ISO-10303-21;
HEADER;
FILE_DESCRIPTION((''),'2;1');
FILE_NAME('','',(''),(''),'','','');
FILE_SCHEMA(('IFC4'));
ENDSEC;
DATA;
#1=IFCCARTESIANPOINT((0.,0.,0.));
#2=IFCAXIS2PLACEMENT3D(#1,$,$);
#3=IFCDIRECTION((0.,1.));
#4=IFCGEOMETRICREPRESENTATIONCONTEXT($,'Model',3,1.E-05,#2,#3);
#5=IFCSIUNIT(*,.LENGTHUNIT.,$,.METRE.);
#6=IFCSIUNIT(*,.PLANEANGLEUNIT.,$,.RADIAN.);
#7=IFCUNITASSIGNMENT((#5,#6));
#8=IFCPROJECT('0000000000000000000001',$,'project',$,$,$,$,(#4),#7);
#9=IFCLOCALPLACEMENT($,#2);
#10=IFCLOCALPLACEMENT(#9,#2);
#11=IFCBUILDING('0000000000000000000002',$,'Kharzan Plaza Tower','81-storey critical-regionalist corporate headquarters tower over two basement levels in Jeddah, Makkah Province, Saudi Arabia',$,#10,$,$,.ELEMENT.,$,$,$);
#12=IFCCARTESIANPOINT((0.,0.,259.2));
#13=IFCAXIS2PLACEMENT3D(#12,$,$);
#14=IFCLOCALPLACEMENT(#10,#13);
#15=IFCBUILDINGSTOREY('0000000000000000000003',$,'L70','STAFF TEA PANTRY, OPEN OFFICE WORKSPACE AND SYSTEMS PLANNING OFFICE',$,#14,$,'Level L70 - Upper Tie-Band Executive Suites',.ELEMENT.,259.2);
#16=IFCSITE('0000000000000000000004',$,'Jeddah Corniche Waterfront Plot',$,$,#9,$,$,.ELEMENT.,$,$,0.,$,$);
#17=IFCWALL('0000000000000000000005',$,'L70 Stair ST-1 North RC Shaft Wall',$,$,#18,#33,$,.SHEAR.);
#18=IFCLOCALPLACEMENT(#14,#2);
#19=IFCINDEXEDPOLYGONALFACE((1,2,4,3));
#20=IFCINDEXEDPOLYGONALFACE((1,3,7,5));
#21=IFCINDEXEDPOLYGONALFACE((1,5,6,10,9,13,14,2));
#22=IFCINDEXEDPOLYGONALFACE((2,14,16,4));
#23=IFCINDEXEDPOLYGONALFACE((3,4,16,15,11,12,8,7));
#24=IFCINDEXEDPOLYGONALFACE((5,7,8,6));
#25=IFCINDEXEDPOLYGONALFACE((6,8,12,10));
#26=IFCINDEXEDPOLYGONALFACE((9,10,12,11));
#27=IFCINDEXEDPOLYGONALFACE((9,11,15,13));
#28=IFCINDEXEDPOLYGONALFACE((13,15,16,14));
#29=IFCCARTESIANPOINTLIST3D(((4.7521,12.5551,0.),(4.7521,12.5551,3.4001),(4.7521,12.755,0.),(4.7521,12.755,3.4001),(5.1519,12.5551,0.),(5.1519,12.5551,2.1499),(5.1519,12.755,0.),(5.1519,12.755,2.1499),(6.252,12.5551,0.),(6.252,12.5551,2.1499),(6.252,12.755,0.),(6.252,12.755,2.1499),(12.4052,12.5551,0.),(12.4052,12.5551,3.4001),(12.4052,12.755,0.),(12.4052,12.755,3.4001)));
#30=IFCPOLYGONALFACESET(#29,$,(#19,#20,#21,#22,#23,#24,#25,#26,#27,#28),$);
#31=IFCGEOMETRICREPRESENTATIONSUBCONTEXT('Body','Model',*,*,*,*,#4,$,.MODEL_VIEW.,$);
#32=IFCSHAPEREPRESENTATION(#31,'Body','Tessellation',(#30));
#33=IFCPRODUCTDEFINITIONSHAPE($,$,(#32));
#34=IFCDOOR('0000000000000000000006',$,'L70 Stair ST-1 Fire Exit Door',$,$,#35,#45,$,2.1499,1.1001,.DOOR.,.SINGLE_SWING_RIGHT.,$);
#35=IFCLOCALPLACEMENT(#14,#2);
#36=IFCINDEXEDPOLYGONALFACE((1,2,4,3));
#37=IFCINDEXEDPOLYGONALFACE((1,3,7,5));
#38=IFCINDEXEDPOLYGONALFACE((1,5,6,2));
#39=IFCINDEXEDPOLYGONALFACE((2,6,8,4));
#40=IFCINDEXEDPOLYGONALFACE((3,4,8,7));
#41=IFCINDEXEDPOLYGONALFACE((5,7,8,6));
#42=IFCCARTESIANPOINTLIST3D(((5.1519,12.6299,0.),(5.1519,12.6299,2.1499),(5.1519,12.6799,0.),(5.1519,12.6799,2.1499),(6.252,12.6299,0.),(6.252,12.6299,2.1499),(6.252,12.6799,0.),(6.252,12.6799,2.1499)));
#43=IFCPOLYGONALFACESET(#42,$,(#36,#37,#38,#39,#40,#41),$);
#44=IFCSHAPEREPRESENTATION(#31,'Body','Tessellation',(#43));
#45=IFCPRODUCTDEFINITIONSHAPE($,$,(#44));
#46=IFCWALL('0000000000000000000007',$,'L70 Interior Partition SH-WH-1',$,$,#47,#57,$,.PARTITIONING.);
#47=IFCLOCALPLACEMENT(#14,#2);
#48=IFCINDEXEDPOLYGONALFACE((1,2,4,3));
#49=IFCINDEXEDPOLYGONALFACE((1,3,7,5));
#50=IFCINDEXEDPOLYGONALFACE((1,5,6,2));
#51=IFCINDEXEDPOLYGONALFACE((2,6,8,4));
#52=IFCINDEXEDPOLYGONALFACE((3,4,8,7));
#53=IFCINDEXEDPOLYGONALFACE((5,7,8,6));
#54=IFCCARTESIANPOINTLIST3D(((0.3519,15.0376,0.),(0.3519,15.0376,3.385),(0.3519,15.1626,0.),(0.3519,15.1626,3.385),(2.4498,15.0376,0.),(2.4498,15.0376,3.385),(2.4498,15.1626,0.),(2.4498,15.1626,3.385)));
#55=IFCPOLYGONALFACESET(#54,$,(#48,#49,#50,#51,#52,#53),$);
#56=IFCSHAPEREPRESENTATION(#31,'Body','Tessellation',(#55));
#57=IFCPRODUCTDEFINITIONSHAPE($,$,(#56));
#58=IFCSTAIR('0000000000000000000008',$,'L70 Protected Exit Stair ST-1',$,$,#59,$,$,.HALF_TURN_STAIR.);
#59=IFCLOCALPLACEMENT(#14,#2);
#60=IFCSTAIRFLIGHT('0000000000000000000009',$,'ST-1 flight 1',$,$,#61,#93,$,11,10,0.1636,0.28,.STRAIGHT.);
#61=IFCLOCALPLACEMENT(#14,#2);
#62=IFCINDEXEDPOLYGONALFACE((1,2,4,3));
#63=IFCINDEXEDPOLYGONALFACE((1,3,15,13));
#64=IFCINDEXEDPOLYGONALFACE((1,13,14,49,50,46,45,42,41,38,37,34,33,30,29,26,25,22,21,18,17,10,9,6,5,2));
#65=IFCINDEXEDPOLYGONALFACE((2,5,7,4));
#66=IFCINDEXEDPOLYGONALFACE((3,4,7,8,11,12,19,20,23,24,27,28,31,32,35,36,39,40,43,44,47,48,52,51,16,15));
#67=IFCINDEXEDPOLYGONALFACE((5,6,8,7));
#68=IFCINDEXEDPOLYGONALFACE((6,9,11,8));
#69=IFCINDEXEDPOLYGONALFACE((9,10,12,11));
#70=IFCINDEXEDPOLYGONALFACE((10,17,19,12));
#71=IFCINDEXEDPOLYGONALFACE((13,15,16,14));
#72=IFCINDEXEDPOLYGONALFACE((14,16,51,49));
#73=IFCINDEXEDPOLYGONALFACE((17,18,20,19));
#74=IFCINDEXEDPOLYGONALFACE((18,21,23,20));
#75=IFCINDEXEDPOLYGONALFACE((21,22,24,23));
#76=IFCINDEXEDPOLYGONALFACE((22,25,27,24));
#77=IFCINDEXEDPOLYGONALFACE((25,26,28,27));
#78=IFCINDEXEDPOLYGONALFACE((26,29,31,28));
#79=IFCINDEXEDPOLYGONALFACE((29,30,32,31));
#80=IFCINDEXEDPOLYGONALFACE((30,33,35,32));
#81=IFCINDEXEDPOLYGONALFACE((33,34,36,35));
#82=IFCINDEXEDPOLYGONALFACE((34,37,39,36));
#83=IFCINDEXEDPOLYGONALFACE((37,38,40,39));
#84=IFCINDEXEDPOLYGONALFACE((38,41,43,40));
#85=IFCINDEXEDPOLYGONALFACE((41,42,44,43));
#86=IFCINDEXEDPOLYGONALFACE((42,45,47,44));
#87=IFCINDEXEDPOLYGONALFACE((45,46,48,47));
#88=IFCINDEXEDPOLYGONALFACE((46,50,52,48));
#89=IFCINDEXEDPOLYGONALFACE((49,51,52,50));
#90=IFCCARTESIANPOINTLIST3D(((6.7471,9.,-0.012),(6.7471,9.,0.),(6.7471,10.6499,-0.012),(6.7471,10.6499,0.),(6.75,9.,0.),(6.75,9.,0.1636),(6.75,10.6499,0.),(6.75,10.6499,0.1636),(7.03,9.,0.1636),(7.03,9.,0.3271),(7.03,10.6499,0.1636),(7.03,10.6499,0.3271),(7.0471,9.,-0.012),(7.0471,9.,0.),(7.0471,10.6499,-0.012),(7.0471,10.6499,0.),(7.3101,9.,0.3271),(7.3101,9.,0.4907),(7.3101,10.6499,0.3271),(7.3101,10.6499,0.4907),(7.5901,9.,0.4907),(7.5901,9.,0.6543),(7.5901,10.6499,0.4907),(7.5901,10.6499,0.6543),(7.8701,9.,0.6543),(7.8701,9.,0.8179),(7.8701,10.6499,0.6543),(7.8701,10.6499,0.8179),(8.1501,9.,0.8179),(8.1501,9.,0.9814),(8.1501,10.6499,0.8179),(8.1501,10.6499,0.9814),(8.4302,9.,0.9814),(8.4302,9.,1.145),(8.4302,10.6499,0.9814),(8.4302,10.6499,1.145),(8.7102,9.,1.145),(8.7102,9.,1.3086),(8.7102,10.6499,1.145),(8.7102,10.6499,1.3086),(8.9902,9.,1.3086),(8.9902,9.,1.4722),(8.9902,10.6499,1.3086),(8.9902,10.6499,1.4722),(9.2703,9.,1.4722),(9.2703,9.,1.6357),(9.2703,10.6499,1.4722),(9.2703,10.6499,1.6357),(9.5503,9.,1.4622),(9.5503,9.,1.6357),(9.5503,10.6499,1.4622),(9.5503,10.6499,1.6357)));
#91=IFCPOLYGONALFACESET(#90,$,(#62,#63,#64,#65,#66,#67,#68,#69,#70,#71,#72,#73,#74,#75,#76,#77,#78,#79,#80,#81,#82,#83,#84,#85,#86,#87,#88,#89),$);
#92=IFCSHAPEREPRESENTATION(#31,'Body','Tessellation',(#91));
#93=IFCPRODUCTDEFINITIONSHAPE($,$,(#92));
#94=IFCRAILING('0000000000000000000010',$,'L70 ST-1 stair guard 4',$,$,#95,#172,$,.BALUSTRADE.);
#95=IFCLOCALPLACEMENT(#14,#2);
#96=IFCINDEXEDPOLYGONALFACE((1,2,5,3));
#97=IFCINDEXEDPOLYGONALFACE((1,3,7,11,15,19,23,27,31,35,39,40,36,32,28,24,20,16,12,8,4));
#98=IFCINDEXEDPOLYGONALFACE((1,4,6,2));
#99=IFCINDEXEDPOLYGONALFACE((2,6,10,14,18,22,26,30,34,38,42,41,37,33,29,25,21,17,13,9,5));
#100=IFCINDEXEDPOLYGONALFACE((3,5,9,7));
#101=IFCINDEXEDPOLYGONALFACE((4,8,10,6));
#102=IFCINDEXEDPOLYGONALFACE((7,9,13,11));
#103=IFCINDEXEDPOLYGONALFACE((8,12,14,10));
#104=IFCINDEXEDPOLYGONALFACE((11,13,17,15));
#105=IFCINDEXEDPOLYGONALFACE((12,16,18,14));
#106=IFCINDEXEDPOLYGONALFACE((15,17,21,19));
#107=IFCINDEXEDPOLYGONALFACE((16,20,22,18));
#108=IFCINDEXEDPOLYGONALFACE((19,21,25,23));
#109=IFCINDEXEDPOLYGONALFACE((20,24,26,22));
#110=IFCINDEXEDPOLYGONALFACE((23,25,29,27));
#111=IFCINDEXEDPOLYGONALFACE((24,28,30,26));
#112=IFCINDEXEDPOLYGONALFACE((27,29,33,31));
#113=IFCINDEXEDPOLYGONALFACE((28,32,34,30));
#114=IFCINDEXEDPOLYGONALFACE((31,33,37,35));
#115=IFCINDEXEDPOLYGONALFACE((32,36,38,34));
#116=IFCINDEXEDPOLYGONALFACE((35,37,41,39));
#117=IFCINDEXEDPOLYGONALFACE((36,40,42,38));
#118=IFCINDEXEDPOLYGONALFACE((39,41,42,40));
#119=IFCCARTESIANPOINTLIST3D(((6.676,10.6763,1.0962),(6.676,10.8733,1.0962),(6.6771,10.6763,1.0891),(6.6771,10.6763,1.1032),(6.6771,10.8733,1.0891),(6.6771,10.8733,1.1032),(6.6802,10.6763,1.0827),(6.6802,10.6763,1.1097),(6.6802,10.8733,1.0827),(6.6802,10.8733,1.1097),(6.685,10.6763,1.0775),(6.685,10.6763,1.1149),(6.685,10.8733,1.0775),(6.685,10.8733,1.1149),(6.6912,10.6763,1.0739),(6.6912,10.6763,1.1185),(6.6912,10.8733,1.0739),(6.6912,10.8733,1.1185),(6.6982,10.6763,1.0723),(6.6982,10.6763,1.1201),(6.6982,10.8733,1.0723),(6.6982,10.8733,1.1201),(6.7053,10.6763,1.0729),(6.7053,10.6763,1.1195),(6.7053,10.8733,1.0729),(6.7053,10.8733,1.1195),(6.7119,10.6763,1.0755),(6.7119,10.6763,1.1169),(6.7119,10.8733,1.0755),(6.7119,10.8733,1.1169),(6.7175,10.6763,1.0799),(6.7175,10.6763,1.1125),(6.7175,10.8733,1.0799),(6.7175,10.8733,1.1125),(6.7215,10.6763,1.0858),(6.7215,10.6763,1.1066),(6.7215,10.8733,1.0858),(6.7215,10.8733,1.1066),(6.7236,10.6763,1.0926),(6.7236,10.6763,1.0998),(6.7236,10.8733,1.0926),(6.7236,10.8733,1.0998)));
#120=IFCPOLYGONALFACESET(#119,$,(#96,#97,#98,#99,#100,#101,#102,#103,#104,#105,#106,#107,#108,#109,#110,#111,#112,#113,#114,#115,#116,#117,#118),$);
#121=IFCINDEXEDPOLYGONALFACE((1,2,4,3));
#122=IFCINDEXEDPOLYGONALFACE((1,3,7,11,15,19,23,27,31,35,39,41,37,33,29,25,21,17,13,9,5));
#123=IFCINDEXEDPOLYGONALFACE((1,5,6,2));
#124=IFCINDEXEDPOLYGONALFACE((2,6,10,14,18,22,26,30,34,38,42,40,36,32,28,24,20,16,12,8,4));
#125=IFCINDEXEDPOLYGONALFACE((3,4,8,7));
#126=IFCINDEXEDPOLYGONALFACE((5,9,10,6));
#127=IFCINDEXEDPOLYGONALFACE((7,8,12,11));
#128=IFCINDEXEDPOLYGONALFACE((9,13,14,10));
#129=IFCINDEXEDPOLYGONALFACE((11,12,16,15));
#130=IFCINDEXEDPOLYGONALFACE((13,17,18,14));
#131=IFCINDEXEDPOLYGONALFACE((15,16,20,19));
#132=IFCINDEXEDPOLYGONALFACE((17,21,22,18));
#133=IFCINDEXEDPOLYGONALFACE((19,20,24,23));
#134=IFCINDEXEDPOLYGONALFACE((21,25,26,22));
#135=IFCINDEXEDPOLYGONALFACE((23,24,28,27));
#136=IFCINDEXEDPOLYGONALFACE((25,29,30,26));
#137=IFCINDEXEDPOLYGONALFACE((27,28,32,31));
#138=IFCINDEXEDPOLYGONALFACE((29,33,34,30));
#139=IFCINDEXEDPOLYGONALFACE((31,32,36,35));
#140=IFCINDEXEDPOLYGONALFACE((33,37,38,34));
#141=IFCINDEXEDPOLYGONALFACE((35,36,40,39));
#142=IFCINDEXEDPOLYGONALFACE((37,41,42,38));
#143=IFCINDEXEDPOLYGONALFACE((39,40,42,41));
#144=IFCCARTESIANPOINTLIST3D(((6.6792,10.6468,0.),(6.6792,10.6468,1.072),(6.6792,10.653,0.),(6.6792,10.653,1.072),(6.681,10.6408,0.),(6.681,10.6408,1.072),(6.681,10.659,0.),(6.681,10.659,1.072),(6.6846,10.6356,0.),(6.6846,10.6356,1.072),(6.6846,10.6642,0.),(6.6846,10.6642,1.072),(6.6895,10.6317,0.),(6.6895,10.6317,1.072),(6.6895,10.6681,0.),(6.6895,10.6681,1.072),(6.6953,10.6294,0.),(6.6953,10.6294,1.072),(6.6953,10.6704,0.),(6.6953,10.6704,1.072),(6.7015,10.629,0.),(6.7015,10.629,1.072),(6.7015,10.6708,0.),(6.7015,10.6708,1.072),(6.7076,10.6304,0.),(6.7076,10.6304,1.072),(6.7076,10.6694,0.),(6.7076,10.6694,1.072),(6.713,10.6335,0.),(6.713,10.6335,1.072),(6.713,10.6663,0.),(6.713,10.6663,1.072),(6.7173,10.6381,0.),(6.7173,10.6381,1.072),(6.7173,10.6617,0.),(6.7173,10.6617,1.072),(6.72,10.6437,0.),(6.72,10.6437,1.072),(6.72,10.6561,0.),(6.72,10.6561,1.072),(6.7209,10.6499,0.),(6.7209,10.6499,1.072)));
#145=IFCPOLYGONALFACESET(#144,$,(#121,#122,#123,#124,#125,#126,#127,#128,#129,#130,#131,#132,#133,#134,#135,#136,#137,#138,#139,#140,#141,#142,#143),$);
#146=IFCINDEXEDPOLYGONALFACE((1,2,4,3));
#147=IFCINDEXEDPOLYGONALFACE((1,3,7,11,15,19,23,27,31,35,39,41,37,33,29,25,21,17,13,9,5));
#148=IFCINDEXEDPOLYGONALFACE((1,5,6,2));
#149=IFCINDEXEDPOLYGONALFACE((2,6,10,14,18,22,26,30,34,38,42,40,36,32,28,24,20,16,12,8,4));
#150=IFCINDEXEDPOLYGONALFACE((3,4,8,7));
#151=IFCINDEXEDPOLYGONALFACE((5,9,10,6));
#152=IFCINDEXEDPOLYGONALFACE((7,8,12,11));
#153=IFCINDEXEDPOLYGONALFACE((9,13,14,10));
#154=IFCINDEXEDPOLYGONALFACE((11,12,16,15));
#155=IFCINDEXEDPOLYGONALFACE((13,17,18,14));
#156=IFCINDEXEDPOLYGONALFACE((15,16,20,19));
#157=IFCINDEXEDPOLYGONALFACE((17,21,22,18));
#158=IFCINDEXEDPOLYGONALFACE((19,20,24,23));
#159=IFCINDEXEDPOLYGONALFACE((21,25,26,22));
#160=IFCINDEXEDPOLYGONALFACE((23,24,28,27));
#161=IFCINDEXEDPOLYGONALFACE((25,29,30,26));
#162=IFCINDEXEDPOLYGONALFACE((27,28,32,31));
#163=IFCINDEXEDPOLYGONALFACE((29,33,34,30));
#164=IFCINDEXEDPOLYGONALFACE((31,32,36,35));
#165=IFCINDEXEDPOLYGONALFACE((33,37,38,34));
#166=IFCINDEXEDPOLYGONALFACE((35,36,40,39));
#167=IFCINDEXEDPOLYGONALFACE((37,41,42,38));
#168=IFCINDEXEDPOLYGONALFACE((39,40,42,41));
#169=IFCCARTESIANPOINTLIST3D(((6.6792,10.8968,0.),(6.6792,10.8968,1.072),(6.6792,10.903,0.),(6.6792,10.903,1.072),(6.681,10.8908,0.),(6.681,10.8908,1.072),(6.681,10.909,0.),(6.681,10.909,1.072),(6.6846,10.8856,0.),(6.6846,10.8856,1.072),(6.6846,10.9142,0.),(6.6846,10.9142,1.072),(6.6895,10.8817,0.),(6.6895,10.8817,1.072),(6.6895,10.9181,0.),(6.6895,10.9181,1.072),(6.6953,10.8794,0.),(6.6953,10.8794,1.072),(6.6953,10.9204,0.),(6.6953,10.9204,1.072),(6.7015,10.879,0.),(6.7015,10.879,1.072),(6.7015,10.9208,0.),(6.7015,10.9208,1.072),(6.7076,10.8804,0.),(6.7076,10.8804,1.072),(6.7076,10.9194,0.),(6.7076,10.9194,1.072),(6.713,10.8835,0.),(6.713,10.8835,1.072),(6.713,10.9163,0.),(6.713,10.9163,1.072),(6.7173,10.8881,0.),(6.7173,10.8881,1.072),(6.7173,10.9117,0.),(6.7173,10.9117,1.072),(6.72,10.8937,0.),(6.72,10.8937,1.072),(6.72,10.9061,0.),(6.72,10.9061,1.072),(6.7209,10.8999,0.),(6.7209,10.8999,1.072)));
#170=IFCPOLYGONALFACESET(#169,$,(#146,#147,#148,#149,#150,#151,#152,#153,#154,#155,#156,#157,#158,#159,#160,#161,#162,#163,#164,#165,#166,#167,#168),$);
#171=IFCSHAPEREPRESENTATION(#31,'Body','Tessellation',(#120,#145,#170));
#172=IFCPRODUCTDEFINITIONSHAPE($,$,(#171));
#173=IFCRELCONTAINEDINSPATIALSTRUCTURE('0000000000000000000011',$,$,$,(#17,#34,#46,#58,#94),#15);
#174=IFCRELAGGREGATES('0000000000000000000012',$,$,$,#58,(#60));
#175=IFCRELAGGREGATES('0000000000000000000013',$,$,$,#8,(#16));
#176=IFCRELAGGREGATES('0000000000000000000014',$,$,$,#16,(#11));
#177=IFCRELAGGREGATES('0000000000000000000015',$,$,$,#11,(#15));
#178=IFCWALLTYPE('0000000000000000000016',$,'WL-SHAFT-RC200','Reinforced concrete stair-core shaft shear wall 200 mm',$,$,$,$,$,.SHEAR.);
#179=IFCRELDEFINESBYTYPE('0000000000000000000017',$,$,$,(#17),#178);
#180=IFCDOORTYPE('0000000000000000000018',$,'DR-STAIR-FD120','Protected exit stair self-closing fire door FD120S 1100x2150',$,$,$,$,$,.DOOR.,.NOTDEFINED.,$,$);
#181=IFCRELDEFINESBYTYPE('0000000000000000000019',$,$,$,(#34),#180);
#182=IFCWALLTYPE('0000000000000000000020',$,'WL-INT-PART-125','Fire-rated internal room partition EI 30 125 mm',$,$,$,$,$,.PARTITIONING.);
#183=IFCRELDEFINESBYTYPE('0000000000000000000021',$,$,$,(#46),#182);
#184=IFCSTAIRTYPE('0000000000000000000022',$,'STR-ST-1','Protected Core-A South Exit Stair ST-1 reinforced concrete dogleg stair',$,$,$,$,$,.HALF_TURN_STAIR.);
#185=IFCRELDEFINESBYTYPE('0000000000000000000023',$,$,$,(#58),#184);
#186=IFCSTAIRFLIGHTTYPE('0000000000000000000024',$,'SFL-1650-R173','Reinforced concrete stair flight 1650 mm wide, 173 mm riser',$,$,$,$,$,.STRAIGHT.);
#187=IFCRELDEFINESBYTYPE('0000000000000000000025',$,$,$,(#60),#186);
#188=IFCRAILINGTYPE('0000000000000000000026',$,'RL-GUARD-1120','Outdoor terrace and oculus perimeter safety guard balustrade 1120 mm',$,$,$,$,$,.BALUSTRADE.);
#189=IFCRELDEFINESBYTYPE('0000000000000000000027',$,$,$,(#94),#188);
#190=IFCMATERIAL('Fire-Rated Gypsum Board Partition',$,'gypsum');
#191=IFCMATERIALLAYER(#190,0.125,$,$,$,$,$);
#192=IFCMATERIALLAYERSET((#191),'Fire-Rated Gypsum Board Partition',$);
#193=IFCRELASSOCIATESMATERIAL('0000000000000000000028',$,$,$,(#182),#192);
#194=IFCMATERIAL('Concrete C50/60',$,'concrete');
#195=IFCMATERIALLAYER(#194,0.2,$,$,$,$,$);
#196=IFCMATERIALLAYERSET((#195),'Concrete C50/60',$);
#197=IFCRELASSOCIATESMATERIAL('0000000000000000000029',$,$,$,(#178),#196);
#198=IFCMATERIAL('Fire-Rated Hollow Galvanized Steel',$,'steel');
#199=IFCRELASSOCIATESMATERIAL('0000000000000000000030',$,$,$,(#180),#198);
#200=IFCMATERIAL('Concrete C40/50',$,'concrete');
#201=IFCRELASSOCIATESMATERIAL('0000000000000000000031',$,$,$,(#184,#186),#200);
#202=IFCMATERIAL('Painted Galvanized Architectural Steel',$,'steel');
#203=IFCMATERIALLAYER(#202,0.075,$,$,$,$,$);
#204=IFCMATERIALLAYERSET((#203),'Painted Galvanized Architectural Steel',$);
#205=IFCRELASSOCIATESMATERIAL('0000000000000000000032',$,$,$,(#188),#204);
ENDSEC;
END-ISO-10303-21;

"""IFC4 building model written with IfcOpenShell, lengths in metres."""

from ifc_helpers import new_model, si_unit, direction, frame, frame_2d, origin, origin_2d, place, context, subcontext, project, spatial, polyline, rectangle, circle, outline, extrude, source, transform, mapped, material, layer, layer_set, type_object, element, fill, aggregate, save


model = new_model("IFC4")

# Units and contexts
model_context = context("Model", 3, precision=1e-05, world=origin(), true_north=direction((0.0, 1.0)))
body_context = subcontext(model_context, "Body", "Model", "MODEL_VIEW")
ifc_project = project(units=[si_unit("LENGTHUNIT", "METRE"), si_unit("PLANEANGLEUNIT", "RADIAN")], contexts=[model_context])

# Site, building, storey
site_placement = place(None, origin())
site = spatial("IfcSite", under=ifc_project, at=site_placement, Name="Jeddah Corniche Waterfront Plot", CompositionType="ELEMENT", RefElevation=0.0)
building_placement = place(site_placement, origin())
building = spatial("IfcBuilding", under=site, at=building_placement, Name="Kharzan Plaza Tower", Description="81-storey critical-regionalist corporate headquarters tower over two basement levels in Jeddah, Makkah Province, Saudi Arabia", CompositionType="ELEMENT")
storey_placement = place(building_placement, frame((0.0, 0.0, 259.2)))
storey = spatial("IfcBuildingStorey", under=building, at=storey_placement, Name="L70", Description="STAFF TEA PANTRY, OPEN OFFICE WORKSPACE AND SYSTEMS PLANNING OFFICE", LongName="Level L70 - Upper Tie-Band Executive Suites", CompositionType="ELEMENT", Elevation=259.2)

# Shared definitions
ifc_material_1 = material(Name="Concrete C50/60", Category="concrete")

# Shared definitions
ifc_material_2 = material(Name="Concrete C40/50", Category="concrete")

# Wall, opening, door
ifc_material_3 = material(Name="Fire-Rated Gypsum Board Partition", Category="gypsum")
ifc_layer_1 = layer(ifc_material_3, 0.125)
ifc_layer_set_1 = layer_set([ifc_layer_1], Name="Fire-Rated Gypsum Board Partition")
wall_type_1 = type_object("IfcWallType", Name="WL-INT-PART-125", Description="Fire-rated internal room partition EI 30 125 mm", PredefinedType="PARTITIONING", material=ifc_layer_set_1)
ifc_layer_2 = layer(ifc_material_1, 0.2)
ifc_layer_set_2 = layer_set([ifc_layer_2], Name="Concrete C50/60")
wall_type_2 = type_object("IfcWallType", Name="WL-SHAFT-RC200", Description="Reinforced concrete stair-core shaft shear wall 200 mm", PredefinedType="SHEAR", material=ifc_layer_set_2)
wall_1_placement = place(storey_placement, frame((4.752, 12.655, 0.0), z_axis=(0.0, 0.0, 1.0), x_axis=(1.0, 0.0, 0.0)))
wall_1 = element("IfcWall", 1, at=wall_1_placement, inside=storey, type_object=wall_type_2, Name="L70 Stair ST-1 North RC Shaft Wall", PredefinedType="SHEAR", context=body_context, shape_type="SweptSolid", body=[
    extrude(rectangle(XDim=7.6531, YDim=0.2, at=frame_2d((3.8267, 0.0))), origin(), (0.0, 0.0, 1.0), 3.4001),
])
opening_1_placement = place(wall_1_placement, frame((0.3999, 0.0, 0.0)))
opening_1 = element("IfcOpeningElement", 2, at=opening_1_placement, cuts=wall_1, PredefinedType="OPENING", context=body_context, shape_type="SweptSolid", body=[
    extrude(rectangle(XDim=1.1001, YDim=2.1499, at=frame_2d((0.55, 1.075))), frame((0.0, 0.1099, 0.0), z_axis=(0.0, -1.0, 0.0), x_axis=(1.0, 0.0, 0.0)), (0.0, 0.0, 1.0), 0.22),
])
ifc_material_4 = material(Name="Fire-Rated Hollow Galvanized Steel", Category="steel")
door_type_1 = type_object("IfcDoorType", Name="DR-STAIR-FD120", Description="Protected exit stair self-closing fire door FD120S 1100x2150", OperationType="NOTDEFINED", PredefinedType="DOOR", material=ifc_material_4)
shared_shape_1 = source(origin(), body_context, "Body", "SweptSolid", [
    extrude(rectangle(XDim=1.1001, YDim=2.1499, at=frame_2d((0.55, 1.075))), frame((0.0, 0.0249, 0.0), z_axis=(0.0, -1.0, 0.0), x_axis=(1.0, 0.0, 0.0)), (0.0, 0.0, 1.0), 0.05),
])
door_1_placement = place(opening_1_placement, origin())
door_1 = element("IfcDoor", 3, at=door_1_placement, inside=storey, type_object=door_type_1, Name="L70 Stair ST-1 Fire Exit Door", OperationType="SINGLE_SWING_RIGHT", OverallHeight=2.1499, OverallWidth=1.1001, PredefinedType="DOOR", context=body_context, shape_type="MappedRepresentation", body=[
    mapped(shared_shape_1, transform((0.0, 0.0, 0.0), x_axis=(1.0, 0.0, 0.0), y_axis=(0.0, 1.0, 0.0), z_axis=(0.0, 0.0, 1.0))),
])
fill(opening_1, door_1)

# Wall
shared_shape_2 = source(origin(), body_context, "Body", "SweptSolid", [
    extrude(rectangle(XDim=2.0979, YDim=0.125, at=frame_2d((1.0488, 0.0))), origin(), (0.0, 0.0, 1.0), 3.385),
])
wall_2_placement = place(storey_placement, frame((0.3521, 15.1001, 0.0), z_axis=(0.0, 0.0, 1.0), x_axis=(1.0, 0.0, 0.0)))
element("IfcWall", 4, at=wall_2_placement, inside=storey, type_object=wall_type_1, Name="L70 Interior Partition SH-WH-1", PredefinedType="PARTITIONING", context=body_context, shape_type="MappedRepresentation", body=[
    mapped(shared_shape_2, transform((0.0, 0.0, 0.0), x_axis=(1.0, 0.0, 0.0), y_axis=(0.0, 1.0, 0.0), z_axis=(0.0, 0.0, 1.0))),
])

# Stair, stair flight
stair_type = type_object("IfcStairType", Name="STR-ST-1", Description="Protected Core-A South Exit Stair ST-1 reinforced concrete dogleg stair", PredefinedType="HALF_TURN_STAIR", material=ifc_material_2)
stair_placement = place(storey_placement, origin())
stair = element("IfcStair", 5, at=stair_placement, inside=storey, type_object=stair_type, Name="L70 Protected Exit Stair ST-1", PredefinedType="HALF_TURN_STAIR")
stair_flight_type = type_object("IfcStairFlightType", Name="SFL-1650-R173", Description="Reinforced concrete stair flight 1650 mm wide, 173 mm riser", PredefinedType="STRAIGHT", material=ifc_material_2)
shared_shape_3 = source(origin(), body_context, "Body", "SweptSolid", [
    extrude(outline(polyline([(-0.0029, -0.012), (-0.0029, 0.0), (0.0, 0.0), (0.0, 0.1636), (0.28, 0.1636), (0.28, 0.3271), (0.5601, 0.3271), (0.5601, 0.4907), (0.8401, 0.4907), (0.8401, 0.6543), (1.1201, 0.6543), (1.1201, 0.8179), (1.4001, 0.8179), (1.4001, 0.9814), (1.6802, 0.9814), (1.6802, 1.145), (1.9602, 1.145), (1.9602, 1.3086), (2.2402, 1.3086), (2.2402, 1.4722), (2.5203, 1.4722), (2.5203, 1.6357), (2.8003, 1.6357), (2.8003, 1.7993), (2.8003, 1.4622), (0.2971, 0.0), (0.2971, -0.012), (-0.0029, -0.012)])), frame((0.0, 0.825, 0.0), z_axis=(0.0, -1.0, 0.0), x_axis=(1.0, 0.0, 0.0)), (0.0, 0.0, 1.0), 1.6499),
])
stair_flight_placement = place(storey_placement, frame((6.75, 9.825, 0.0), z_axis=(0.0, 0.0, 1.0), x_axis=(1.0, 0.0, 0.0)))
stair_flight = element("IfcStairFlight", 6, at=stair_flight_placement, type_object=stair_flight_type, Name="ST-1 flight 1", NumberOfRisers=11, NumberOfTreads=10, PredefinedType="STRAIGHT", RiserHeight=0.1636, TreadLength=0.28, context=body_context, shape_type="MappedRepresentation", body=[
    mapped(shared_shape_3, transform((0.0, 0.0, 0.0), x_axis=(1.0, 0.0, 0.0), y_axis=(0.0, 1.0, 0.0), z_axis=(0.0, 0.0, 1.0))),
])
aggregate(stair, [stair_flight])

# Railing
ifc_material_5 = material(Name="Painted Galvanized Architectural Steel", Category="steel")
ifc_layer_3 = layer(ifc_material_5, 0.075)
ifc_layer_set_3 = layer_set([ifc_layer_3], Name="Painted Galvanized Architectural Steel")
railing_type = type_object("IfcRailingType", Name="RL-GUARD-1120", Description="Outdoor terrace and oculus perimeter safety guard balustrade 1120 mm", PredefinedType="BALUSTRADE", material=ifc_layer_set_3)
shared_shape_4 = source(origin(), body_context, "Body", "SweptSolid", [
    extrude(circle(Radius=0.0239, at=origin_2d()), frame((0.0, 0.0264, 1.0962), z_axis=(0.0, 1.0, 0.0), x_axis=(-1.0, 0.0, 0.0)), (0.0, 0.0, 1.0), 0.197),
    extrude(circle(Radius=0.021, at=origin_2d()), origin(), (0.0, 0.0, 1.0), 1.072),
    extrude(circle(Radius=0.021, at=origin_2d()), frame((0.0, 0.25, 0.0)), (0.0, 0.0, 1.0), 1.072),
])
railing_1_placement = place(storey_placement, frame((6.7, 10.6499, 0.0)))
element("IfcRailing", 7, at=railing_1_placement, inside=storey, type_object=railing_type, Name="L70 ST-1 stair guard 4", PredefinedType="BALUSTRADE", context=body_context, shape_type="MappedRepresentation", body=[
    mapped(shared_shape_4, transform((0.0, 0.0, 0.0), x_axis=(1.0, 0.0, 0.0), y_axis=(0.0, 1.0, 0.0), z_axis=(0.0, 0.0, 1.0))),
])

save(model, "model.ifc")
